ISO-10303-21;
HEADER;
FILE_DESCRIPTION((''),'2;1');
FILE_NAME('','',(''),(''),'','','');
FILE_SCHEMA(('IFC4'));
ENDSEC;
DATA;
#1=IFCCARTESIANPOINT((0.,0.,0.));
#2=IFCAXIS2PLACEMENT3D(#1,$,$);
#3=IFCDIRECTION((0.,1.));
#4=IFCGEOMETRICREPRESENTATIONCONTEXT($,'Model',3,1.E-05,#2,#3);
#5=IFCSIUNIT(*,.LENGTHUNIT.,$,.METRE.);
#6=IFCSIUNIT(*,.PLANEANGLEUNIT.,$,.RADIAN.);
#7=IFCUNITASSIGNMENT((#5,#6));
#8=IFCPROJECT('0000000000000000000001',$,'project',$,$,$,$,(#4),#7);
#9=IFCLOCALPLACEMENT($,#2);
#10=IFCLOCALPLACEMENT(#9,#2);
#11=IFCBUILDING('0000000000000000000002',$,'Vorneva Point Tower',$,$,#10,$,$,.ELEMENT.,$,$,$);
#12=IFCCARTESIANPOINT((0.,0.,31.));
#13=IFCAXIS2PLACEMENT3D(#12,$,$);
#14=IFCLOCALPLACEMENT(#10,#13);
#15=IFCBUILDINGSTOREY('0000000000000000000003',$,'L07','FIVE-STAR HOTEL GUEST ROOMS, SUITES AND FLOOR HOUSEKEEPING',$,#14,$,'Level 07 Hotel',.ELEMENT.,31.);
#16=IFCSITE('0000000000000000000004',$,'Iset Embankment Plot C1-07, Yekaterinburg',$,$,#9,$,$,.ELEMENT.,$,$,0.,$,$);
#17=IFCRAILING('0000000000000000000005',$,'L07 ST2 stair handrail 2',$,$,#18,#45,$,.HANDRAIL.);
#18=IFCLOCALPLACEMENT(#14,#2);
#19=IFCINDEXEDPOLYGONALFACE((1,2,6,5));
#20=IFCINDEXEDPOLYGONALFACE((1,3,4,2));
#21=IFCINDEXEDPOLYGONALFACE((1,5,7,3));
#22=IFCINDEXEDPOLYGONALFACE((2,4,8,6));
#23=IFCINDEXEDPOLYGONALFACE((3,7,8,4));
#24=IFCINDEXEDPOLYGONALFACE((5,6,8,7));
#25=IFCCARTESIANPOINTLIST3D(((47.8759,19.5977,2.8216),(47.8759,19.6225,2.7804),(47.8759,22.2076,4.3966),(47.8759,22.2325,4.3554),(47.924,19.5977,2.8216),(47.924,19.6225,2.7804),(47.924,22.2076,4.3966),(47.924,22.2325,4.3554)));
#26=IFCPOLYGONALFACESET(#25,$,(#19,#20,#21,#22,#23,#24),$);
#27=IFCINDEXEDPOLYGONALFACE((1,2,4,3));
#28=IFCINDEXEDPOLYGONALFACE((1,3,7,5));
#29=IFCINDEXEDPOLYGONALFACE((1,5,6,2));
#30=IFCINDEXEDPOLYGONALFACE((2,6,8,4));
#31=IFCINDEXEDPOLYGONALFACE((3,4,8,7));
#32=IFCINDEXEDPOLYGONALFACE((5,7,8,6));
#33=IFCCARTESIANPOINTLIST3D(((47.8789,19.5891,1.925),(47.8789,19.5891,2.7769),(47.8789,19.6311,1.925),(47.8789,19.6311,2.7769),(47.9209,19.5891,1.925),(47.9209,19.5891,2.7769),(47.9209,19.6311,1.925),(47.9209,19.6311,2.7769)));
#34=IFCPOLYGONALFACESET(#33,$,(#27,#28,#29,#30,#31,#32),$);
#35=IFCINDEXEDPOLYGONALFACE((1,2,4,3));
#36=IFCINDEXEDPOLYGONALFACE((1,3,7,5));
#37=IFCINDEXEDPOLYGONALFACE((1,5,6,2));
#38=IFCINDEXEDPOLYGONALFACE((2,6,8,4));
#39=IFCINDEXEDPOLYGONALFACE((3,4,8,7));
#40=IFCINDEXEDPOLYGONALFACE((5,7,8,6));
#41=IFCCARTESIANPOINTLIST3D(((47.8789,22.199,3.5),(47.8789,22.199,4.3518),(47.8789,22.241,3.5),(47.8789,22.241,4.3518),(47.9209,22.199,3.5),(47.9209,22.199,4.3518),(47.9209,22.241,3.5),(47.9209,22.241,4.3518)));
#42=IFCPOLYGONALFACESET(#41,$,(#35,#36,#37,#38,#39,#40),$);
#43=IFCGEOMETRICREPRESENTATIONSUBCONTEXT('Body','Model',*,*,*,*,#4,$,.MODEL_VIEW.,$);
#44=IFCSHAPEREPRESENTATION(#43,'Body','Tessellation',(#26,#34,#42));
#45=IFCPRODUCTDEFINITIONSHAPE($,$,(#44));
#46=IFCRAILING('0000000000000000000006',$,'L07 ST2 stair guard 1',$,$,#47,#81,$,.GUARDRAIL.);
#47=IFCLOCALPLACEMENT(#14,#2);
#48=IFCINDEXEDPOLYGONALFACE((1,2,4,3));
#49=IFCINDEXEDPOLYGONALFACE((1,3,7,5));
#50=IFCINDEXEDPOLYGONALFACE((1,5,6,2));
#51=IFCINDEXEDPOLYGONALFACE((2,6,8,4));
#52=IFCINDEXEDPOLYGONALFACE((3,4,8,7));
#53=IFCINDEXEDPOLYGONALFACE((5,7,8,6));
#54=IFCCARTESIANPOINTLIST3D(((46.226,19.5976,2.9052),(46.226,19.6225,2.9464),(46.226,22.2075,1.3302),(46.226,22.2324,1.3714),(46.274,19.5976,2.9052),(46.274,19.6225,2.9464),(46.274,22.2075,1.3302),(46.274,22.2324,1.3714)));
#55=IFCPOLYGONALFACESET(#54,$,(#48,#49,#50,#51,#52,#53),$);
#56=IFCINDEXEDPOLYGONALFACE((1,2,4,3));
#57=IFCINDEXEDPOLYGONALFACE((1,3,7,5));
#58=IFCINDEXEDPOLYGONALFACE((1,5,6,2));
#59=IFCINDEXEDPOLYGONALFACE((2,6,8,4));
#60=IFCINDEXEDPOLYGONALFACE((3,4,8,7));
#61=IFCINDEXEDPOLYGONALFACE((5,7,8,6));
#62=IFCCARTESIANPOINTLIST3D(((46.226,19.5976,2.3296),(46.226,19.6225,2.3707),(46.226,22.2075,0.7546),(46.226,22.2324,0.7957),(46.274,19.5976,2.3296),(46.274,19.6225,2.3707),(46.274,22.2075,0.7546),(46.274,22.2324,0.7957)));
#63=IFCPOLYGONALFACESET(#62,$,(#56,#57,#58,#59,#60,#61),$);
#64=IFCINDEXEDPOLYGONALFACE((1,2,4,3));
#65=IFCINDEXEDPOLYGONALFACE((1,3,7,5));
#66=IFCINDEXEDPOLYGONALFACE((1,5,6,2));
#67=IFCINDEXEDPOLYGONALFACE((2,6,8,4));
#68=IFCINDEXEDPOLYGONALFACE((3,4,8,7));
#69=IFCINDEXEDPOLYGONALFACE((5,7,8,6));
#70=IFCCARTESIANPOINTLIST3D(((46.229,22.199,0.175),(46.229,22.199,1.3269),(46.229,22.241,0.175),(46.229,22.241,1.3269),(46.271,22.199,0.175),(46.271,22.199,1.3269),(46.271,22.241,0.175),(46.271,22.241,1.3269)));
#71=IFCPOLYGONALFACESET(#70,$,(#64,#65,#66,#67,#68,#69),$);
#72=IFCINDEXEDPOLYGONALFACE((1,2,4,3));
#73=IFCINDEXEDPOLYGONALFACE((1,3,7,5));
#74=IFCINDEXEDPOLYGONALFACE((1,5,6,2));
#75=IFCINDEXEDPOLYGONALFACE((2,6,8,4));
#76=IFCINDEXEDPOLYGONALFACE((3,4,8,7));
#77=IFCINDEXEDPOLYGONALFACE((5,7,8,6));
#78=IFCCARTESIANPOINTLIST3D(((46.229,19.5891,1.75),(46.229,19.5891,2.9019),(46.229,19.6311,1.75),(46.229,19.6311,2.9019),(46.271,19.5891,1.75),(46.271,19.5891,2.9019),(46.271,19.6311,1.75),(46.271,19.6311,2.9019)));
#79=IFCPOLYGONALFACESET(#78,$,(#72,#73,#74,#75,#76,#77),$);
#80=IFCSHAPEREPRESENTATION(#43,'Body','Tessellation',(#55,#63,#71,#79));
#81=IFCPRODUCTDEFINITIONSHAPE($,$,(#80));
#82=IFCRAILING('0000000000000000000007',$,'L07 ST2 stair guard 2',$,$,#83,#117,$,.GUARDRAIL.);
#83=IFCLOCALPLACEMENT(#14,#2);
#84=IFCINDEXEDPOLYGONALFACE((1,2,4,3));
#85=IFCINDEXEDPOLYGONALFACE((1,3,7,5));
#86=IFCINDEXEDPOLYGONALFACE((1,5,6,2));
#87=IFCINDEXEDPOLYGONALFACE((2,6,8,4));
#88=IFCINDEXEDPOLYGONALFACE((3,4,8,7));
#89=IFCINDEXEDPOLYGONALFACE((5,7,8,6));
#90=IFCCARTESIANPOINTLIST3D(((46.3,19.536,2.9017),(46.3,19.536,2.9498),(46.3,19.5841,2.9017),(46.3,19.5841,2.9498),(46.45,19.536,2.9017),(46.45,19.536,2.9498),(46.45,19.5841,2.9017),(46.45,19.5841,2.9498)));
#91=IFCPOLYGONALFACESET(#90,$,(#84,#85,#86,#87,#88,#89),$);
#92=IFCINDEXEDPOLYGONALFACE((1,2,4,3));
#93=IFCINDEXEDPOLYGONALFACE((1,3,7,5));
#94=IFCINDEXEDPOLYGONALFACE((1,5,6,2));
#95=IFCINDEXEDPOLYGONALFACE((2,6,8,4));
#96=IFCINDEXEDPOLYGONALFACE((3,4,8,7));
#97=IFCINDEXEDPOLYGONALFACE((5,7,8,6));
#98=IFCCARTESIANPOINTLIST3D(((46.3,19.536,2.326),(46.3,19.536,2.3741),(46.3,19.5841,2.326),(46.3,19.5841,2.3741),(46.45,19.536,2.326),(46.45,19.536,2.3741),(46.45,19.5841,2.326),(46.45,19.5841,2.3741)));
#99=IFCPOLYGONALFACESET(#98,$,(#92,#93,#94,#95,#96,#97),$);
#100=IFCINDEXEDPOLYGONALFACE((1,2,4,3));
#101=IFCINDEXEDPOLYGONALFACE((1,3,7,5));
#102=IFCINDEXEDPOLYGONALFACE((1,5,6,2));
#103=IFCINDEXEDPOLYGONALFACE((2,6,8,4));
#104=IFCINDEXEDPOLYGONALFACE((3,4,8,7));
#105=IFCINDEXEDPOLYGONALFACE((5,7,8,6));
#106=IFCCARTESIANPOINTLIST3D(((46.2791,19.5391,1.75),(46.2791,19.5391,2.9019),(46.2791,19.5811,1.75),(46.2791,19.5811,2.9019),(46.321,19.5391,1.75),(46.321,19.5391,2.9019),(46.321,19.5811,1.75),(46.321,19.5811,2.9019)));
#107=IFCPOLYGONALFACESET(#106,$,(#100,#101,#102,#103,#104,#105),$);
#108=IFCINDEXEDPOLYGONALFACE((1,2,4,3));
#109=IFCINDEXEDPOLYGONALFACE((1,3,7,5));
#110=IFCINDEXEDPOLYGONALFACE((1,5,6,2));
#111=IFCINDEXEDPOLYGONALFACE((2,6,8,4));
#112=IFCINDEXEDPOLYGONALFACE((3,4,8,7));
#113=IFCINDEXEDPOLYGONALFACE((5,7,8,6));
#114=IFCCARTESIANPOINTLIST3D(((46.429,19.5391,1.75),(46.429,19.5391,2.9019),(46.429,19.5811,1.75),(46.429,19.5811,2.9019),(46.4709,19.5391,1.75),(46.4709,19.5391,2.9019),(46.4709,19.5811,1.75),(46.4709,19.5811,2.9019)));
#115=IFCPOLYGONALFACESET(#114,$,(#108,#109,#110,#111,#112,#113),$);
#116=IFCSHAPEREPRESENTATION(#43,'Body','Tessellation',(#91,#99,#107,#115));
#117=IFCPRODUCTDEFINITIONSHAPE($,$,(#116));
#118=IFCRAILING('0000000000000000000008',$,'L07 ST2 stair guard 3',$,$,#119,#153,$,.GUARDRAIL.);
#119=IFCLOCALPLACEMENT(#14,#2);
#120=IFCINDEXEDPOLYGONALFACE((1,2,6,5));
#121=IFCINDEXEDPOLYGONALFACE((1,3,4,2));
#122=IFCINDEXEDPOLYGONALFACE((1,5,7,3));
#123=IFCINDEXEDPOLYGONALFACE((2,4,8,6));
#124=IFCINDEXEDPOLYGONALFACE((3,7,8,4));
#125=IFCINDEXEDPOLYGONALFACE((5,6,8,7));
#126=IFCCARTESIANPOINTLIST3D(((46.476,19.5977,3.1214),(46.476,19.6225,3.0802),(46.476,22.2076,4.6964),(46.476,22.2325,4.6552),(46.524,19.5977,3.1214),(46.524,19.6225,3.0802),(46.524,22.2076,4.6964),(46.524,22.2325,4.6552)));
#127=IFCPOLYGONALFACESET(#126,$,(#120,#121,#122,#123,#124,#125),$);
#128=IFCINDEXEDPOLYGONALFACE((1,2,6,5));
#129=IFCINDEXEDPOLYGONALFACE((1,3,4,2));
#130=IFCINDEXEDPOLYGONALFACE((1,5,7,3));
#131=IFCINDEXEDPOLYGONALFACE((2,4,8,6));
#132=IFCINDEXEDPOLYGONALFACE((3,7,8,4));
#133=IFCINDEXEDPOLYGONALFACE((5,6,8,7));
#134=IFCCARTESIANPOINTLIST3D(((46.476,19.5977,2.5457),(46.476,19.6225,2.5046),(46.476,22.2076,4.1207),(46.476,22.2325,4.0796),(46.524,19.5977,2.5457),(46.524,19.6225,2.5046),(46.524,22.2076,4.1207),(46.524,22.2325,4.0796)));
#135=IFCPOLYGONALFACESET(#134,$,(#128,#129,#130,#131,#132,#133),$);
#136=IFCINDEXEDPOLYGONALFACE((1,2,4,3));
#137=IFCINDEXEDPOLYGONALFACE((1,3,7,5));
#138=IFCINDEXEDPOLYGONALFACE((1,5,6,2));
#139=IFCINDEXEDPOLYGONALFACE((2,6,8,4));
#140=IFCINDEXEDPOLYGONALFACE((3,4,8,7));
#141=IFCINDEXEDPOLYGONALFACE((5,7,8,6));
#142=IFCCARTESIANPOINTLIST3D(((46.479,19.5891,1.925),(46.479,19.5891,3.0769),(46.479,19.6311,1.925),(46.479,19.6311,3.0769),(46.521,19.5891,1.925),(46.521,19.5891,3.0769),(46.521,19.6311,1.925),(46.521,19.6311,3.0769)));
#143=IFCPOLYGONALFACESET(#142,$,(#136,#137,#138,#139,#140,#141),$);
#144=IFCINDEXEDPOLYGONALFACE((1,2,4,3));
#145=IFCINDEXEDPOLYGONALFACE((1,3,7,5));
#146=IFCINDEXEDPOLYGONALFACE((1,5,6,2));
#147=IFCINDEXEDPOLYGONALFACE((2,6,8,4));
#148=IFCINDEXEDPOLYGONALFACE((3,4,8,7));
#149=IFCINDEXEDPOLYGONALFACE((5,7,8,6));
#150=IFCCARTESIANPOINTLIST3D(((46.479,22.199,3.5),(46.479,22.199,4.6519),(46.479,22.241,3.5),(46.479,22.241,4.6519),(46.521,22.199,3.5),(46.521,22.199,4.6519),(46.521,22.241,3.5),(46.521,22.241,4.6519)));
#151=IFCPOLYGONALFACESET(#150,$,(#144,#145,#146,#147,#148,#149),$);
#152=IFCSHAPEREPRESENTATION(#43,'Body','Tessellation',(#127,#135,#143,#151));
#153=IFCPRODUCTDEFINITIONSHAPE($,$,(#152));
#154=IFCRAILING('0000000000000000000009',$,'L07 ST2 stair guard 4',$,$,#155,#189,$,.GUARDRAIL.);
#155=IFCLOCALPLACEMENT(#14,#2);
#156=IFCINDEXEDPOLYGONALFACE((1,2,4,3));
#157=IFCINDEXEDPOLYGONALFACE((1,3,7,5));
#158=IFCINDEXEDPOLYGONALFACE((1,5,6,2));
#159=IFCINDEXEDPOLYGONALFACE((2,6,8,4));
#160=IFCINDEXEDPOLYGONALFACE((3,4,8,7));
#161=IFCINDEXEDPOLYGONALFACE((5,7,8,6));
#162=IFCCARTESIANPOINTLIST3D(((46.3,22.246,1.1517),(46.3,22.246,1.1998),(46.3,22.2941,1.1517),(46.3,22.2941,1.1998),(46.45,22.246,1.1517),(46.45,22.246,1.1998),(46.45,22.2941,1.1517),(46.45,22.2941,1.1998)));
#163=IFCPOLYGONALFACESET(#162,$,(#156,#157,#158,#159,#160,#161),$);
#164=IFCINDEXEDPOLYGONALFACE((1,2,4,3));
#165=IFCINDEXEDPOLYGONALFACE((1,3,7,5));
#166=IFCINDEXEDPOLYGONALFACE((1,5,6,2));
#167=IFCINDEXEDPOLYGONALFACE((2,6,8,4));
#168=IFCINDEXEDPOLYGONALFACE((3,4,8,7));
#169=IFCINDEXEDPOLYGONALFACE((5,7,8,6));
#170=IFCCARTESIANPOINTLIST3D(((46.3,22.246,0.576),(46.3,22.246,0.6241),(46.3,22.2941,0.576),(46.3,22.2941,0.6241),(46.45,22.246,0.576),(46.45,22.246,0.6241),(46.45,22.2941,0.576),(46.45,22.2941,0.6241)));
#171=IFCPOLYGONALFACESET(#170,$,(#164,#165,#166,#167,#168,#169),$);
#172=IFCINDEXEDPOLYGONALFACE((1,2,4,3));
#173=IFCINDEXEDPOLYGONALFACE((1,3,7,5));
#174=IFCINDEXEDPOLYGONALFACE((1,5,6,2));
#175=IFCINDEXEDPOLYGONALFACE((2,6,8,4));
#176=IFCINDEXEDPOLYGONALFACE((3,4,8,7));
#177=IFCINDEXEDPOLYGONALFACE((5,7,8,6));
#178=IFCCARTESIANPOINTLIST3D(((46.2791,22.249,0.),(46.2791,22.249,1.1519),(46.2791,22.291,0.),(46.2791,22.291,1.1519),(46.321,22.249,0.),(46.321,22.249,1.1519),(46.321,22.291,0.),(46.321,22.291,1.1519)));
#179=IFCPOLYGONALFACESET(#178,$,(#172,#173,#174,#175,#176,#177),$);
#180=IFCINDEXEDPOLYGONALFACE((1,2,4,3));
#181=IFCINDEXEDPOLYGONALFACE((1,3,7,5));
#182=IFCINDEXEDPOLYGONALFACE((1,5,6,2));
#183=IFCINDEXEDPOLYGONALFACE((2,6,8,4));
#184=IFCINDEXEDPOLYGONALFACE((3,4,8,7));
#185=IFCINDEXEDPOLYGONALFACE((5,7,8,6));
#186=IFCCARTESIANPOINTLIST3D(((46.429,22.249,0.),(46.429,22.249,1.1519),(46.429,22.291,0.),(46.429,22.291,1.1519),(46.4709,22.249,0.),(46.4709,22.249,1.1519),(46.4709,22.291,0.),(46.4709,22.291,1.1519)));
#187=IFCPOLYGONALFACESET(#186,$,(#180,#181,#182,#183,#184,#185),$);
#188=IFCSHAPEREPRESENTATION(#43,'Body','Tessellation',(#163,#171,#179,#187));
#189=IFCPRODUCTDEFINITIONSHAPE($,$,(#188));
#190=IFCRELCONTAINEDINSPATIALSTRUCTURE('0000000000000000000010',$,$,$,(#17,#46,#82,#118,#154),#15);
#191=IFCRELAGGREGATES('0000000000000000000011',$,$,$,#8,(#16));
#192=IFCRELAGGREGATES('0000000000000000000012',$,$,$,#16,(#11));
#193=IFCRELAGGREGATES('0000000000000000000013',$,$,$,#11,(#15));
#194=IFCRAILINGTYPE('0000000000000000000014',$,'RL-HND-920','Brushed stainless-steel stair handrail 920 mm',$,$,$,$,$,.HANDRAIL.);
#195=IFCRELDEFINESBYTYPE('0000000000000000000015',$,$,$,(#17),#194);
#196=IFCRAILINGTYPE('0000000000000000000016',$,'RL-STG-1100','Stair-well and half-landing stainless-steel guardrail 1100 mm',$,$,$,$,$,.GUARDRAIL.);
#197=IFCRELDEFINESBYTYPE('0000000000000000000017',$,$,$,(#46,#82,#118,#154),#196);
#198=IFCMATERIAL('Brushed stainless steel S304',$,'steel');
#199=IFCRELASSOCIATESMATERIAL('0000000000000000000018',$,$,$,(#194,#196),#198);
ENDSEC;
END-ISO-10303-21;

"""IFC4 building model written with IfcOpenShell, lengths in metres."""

from ifc_helpers import new_model, si_unit, direction, frame, origin, origin_2d, place, context, subcontext, project, spatial, rectangle, extrude, material, type_object, element, save


model = new_model("IFC4")

# Units and contexts
model_context = context("Model", 3, precision=1e-05, world=origin(), true_north=direction((0.0, 1.0)))
body_context = subcontext(model_context, "Body", "Model", "MODEL_VIEW")
ifc_project = project(units=[si_unit("LENGTHUNIT", "METRE"), si_unit("PLANEANGLEUNIT", "RADIAN")], contexts=[model_context])

# Site, building, storey
site_placement = place(None, origin())
site = spatial("IfcSite", under=ifc_project, at=site_placement, Name="Iset Embankment Plot C1-07, Yekaterinburg", CompositionType="ELEMENT", RefElevation=0.0)
building_placement = place(site_placement, origin())
building = spatial("IfcBuilding", under=site, at=building_placement, Name="Vorneva Point Tower", CompositionType="ELEMENT")
storey_placement = place(building_placement, frame((0.0, 0.0, 31.0)))
storey = spatial("IfcBuildingStorey", under=building, at=storey_placement, Name="L07", Description="FIVE-STAR HOTEL GUEST ROOMS, SUITES AND FLOOR HOUSEKEEPING", LongName="Level 07 Hotel", CompositionType="ELEMENT", Elevation=31.0)

# Shared definitions
ifc_material_1 = material(Name="Brushed stainless steel S304", Category="steel")

# Railings
railing_type_1 = type_object("IfcRailingType", Name="RL-HND-920", Description="Brushed stainless-steel stair handrail 920 mm", PredefinedType="HANDRAIL", material=ifc_material_1)
railing_1_placement = place(storey_placement, frame((47.8999, 19.6101, 1.925)))
element("IfcRailing", 1, at=railing_1_placement, inside=storey, type_object=railing_type_1, Name="L07 ST2 stair handrail 2", PredefinedType="HANDRAIL", context=body_context, shape_type="SweptSolid", body=[
    extrude(rectangle(XDim=0.0481, YDim=0.0481, at=origin_2d()), frame((0.0, 0.0, 0.876), z_axis=(0.0, 0.856183, 0.516673), x_axis=(-1.0, 0.0, 0.0)), (0.0, 0.0, 1.0), 3.0483),
    extrude(rectangle(XDim=0.042, YDim=0.042, at=origin_2d()), origin(), (0.0, 0.0, 1.0), 0.8518),
    extrude(rectangle(XDim=0.042, YDim=0.042, at=origin_2d()), frame((0.0, 2.6099, 1.575)), (0.0, 0.0, 1.0), 0.8518),
])
railing_type_2 = type_object("IfcRailingType", Name="RL-STG-1100", Description="Stair-well and half-landing stainless-steel guardrail 1100 mm", PredefinedType="GUARDRAIL", material=ifc_material_1)
railing_2_placement = place(storey_placement, frame((46.25, 22.22, 0.175)))
element("IfcRailing", 2, at=railing_2_placement, inside=storey, type_object=railing_type_2, Name="L07 ST2 stair guard 1", PredefinedType="GUARDRAIL", context=body_context, shape_type="SweptSolid", body=[
    extrude(rectangle(XDim=0.0481, YDim=0.0481, at=origin_2d()), frame((0.0, 0.0, 1.1758), z_axis=(0.0, -0.856183, 0.516673), x_axis=(1.0, 0.0, 0.0)), (0.0, 0.0, 1.0), 3.0483),
    extrude(rectangle(XDim=0.0481, YDim=0.0481, at=origin_2d()), frame((0.0, 0.0, 0.6001), z_axis=(0.0, -0.856183, 0.516673), x_axis=(1.0, 0.0, 0.0)), (0.0, 0.0, 1.0), 3.0483),
    extrude(rectangle(XDim=0.042, YDim=0.042, at=origin_2d()), origin(), (0.0, 0.0, 1.0), 1.1519),
    extrude(rectangle(XDim=0.042, YDim=0.042, at=origin_2d()), frame((0.0, -2.6099, 1.575)), (0.0, 0.0, 1.0), 1.1519),
])
railing_3_placement = place(storey_placement, frame((46.3, 19.5601, 1.75)))
element("IfcRailing", 3, at=railing_3_placement, inside=storey, type_object=railing_type_2, Name="L07 ST2 stair guard 2", PredefinedType="GUARDRAIL", context=body_context, shape_type="SweptSolid", body=[
    extrude(rectangle(XDim=0.0481, YDim=0.0481, at=origin_2d()), frame((0.0, 0.0, 1.1758), z_axis=(1.0, 0.0, 0.0), x_axis=(0.0, 1.0, 0.0)), (0.0, 0.0, 1.0), 0.1499),
    extrude(rectangle(XDim=0.0481, YDim=0.0481, at=origin_2d()), frame((0.0, 0.0, 0.6001), z_axis=(1.0, 0.0, 0.0), x_axis=(0.0, 1.0, 0.0)), (0.0, 0.0, 1.0), 0.1499),
    extrude(rectangle(XDim=0.042, YDim=0.042, at=origin_2d()), origin(), (0.0, 0.0, 1.0), 1.1519),
    extrude(rectangle(XDim=0.042, YDim=0.042, at=origin_2d()), frame((0.1499, 0.0, 0.0)), (0.0, 0.0, 1.0), 1.1519),
])
railing_4_placement = place(storey_placement, frame((46.5, 19.6101, 1.925)))
element("IfcRailing", 4, at=railing_4_placement, inside=storey, type_object=railing_type_2, Name="L07 ST2 stair guard 3", PredefinedType="GUARDRAIL", context=body_context, shape_type="SweptSolid", body=[
    extrude(rectangle(XDim=0.0481, YDim=0.0481, at=origin_2d()), frame((0.0, 0.0, 1.1758), z_axis=(0.0, 0.856183, 0.516673), x_axis=(-1.0, 0.0, 0.0)), (0.0, 0.0, 1.0), 3.0483),
    extrude(rectangle(XDim=0.0481, YDim=0.0481, at=origin_2d()), frame((0.0, 0.0, 0.6001), z_axis=(0.0, 0.856183, 0.516673), x_axis=(-1.0, 0.0, 0.0)), (0.0, 0.0, 1.0), 3.0483),
    extrude(rectangle(XDim=0.042, YDim=0.042, at=origin_2d()), origin(), (0.0, 0.0, 1.0), 1.1519),
    extrude(rectangle(XDim=0.042, YDim=0.042, at=origin_2d()), frame((0.0, 2.6099, 1.575)), (0.0, 0.0, 1.0), 1.1519),
])
railing_5_placement = place(storey_placement, frame((46.3, 22.27, 0.0)))
element("IfcRailing", 5, at=railing_5_placement, inside=storey, type_object=railing_type_2, Name="L07 ST2 stair guard 4", PredefinedType="GUARDRAIL", context=body_context, shape_type="SweptSolid", body=[
    extrude(rectangle(XDim=0.0481, YDim=0.0481, at=origin_2d()), frame((0.0, 0.0, 1.1758), z_axis=(1.0, 0.0, 0.0), x_axis=(0.0, 1.0, 0.0)), (0.0, 0.0, 1.0), 0.1499),
    extrude(rectangle(XDim=0.0481, YDim=0.0481, at=origin_2d()), frame((0.0, 0.0, 0.6001), z_axis=(1.0, 0.0, 0.0), x_axis=(0.0, 1.0, 0.0)), (0.0, 0.0, 1.0), 0.1499),
    extrude(rectangle(XDim=0.042, YDim=0.042, at=origin_2d()), origin(), (0.0, 0.0, 1.0), 1.1519),
    extrude(rectangle(XDim=0.042, YDim=0.042, at=origin_2d()), frame((0.1499, 0.0, 0.0)), (0.0, 0.0, 1.0), 1.1519),
])

save(model, "model.ifc")
